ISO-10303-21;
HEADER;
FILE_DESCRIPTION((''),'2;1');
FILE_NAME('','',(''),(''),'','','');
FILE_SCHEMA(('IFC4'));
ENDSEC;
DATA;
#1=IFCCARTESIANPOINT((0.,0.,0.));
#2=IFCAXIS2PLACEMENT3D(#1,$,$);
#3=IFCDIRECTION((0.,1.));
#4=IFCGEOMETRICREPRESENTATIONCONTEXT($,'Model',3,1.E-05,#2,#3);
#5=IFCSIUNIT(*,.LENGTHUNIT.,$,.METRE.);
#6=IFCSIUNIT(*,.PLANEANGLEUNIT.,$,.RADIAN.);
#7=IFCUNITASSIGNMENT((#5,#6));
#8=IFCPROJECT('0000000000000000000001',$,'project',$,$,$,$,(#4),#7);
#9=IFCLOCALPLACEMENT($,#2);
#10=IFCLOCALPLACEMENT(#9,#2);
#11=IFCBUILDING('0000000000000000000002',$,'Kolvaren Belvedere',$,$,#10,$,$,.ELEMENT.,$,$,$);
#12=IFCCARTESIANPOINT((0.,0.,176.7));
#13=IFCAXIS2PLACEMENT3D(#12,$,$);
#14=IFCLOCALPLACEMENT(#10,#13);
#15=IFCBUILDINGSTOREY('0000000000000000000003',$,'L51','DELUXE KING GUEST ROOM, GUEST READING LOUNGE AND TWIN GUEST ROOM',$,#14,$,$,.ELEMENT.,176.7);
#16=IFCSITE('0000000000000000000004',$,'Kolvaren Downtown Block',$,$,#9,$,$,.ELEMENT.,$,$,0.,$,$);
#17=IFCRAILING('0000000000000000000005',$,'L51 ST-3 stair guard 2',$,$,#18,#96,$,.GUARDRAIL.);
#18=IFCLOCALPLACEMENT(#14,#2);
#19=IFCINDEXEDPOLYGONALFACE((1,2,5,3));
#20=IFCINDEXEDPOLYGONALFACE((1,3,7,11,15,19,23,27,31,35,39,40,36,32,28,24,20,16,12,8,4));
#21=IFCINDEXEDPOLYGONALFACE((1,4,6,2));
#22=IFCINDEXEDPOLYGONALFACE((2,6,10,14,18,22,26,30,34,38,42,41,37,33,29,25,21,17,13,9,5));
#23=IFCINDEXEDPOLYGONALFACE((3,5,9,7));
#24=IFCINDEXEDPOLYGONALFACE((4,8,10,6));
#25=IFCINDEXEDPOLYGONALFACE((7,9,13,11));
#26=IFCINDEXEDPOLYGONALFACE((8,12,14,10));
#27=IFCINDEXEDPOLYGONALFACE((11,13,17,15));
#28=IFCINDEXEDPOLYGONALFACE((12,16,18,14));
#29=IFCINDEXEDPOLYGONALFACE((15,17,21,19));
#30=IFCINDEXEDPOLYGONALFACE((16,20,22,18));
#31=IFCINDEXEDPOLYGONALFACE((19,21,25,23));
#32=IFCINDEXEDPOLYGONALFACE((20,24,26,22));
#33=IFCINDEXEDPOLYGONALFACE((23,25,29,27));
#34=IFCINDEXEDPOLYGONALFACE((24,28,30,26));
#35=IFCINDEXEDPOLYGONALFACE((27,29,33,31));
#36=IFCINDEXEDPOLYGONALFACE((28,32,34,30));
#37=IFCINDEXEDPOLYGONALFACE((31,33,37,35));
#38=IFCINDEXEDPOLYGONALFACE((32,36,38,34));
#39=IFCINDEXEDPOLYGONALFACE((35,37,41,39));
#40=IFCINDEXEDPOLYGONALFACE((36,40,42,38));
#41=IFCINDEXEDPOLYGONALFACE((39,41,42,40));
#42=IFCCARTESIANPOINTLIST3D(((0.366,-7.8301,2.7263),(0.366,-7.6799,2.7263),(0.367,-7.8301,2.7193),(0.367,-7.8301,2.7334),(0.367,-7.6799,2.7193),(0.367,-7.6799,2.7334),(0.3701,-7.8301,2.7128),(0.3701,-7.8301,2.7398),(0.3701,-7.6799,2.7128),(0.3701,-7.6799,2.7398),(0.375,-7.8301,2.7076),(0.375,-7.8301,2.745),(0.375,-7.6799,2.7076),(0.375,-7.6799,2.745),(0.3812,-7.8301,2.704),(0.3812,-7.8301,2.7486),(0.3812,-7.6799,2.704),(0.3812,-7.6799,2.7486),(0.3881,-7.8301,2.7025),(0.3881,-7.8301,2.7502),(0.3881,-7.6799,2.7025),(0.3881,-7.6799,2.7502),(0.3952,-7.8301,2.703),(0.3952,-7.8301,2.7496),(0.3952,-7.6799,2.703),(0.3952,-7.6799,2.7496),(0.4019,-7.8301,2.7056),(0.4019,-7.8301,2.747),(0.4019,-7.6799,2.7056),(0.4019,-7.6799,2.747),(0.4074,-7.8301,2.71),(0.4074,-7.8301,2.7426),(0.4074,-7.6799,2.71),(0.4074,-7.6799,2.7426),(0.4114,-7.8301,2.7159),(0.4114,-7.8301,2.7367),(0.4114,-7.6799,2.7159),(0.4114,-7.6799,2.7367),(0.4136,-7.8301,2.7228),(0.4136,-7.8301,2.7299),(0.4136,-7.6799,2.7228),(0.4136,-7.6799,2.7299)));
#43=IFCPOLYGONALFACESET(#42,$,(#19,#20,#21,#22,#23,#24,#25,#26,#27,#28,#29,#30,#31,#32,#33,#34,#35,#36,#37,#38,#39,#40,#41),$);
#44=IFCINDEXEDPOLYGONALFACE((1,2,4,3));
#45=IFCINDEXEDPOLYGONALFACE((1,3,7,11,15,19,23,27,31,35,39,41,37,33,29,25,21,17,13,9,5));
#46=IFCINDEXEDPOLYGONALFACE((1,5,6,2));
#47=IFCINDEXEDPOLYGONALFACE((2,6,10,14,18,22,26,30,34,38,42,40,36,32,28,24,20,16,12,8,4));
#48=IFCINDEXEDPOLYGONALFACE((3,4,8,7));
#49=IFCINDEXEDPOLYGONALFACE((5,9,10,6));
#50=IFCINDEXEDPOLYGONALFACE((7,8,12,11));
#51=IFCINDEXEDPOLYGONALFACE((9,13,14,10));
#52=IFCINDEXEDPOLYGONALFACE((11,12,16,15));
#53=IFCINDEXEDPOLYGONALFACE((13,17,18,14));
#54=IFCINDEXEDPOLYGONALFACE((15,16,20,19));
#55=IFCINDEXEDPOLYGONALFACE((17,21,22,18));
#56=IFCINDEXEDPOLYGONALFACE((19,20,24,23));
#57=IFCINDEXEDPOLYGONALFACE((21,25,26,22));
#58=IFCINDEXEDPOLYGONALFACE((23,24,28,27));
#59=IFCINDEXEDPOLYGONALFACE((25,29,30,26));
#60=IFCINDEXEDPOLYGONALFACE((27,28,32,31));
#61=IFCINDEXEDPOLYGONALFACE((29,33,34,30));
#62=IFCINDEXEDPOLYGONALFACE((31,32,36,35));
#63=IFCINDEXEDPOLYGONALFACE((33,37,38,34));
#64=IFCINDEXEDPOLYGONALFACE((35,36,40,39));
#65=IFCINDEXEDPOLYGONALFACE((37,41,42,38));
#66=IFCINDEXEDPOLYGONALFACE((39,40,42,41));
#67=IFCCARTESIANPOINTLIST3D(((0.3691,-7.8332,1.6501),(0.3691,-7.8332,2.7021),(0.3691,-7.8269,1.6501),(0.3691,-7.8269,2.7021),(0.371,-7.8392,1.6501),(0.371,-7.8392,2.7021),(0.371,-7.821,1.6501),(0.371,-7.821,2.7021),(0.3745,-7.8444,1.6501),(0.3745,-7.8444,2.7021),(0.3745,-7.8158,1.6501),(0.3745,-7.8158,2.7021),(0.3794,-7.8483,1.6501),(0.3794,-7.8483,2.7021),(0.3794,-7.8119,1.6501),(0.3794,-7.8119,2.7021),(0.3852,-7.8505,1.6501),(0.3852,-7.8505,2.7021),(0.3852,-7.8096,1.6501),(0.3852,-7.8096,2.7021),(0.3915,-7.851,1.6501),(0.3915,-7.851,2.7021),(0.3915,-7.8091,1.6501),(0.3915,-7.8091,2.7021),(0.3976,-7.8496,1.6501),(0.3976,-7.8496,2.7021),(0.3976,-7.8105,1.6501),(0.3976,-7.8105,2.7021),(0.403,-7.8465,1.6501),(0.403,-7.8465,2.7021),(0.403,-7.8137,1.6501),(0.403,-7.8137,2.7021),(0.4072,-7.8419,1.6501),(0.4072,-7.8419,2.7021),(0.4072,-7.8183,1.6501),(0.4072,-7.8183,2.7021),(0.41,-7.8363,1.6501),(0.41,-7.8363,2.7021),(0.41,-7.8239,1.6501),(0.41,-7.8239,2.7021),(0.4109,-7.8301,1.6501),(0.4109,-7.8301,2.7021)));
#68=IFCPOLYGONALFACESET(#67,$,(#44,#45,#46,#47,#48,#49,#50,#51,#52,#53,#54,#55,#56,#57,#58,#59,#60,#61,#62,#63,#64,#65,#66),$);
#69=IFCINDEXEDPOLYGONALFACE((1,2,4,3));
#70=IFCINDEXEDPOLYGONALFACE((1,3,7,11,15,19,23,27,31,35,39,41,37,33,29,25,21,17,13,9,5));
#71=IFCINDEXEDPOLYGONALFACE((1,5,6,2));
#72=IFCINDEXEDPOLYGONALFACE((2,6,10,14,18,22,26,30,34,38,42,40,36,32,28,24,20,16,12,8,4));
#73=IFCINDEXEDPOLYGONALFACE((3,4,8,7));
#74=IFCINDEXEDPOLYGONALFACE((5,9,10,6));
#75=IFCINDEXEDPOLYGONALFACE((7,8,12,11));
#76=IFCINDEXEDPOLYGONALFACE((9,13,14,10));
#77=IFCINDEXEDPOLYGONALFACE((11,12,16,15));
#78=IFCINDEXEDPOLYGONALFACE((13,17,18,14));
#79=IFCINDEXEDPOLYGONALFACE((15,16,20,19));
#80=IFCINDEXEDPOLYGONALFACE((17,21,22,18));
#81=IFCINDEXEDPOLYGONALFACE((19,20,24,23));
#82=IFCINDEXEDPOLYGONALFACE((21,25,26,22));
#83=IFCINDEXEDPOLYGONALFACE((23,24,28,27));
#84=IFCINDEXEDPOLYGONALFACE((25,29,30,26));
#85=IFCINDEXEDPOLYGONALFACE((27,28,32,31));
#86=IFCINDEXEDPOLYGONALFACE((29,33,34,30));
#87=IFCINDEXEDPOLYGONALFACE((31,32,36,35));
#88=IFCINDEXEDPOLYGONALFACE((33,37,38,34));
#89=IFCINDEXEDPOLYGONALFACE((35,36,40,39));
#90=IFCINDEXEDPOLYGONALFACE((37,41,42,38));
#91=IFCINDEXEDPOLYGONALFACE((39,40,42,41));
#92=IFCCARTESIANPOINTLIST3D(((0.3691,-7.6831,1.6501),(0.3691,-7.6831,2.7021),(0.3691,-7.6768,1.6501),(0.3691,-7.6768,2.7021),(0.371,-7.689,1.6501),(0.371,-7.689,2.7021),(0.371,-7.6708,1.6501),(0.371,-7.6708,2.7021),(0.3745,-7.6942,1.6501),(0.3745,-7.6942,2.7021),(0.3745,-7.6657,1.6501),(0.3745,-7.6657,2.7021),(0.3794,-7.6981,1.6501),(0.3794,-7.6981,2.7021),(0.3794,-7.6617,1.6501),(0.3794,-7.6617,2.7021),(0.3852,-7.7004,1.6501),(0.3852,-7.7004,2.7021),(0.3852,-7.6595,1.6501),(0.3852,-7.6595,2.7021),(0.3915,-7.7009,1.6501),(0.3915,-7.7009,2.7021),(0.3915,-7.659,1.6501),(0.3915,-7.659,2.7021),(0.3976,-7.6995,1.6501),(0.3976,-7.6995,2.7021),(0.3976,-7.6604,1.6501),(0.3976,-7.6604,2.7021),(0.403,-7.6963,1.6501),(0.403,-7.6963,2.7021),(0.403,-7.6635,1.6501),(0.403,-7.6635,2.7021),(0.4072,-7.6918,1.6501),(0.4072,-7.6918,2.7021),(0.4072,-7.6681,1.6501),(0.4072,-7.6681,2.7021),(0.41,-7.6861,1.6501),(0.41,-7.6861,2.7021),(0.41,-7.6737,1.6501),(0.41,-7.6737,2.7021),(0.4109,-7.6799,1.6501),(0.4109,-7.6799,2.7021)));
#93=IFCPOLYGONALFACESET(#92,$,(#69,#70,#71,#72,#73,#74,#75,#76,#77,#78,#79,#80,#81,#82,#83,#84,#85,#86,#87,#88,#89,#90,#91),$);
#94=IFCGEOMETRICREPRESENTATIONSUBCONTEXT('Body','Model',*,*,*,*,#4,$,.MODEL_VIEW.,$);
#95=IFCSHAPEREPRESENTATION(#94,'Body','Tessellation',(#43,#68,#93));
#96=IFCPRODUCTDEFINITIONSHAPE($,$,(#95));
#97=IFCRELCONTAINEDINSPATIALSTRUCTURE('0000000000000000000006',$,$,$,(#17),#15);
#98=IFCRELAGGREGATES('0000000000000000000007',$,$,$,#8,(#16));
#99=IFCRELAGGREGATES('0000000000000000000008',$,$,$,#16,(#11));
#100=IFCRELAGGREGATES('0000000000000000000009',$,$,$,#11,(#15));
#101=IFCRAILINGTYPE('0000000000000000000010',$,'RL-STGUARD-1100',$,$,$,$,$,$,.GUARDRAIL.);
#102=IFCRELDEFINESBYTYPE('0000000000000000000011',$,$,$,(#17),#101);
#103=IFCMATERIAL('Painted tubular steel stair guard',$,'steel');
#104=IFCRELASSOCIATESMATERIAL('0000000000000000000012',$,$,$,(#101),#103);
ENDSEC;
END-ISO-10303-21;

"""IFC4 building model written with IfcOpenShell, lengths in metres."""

from ifc_helpers import new_model, si_unit, direction, frame, origin, origin_2d, place, context, subcontext, project, spatial, circle, extrude, material, type_object, element, save


model = new_model("IFC4")

# Units and contexts
model_context = context("Model", 3, precision=1e-05, world=origin(), true_north=direction((0.0, 1.0)))
body_context = subcontext(model_context, "Body", "Model", "MODEL_VIEW")
ifc_project = project(units=[si_unit("LENGTHUNIT", "METRE"), si_unit("PLANEANGLEUNIT", "RADIAN")], contexts=[model_context])

# Site, building, storey
site_placement = place(None, origin())
site = spatial("IfcSite", under=ifc_project, at=site_placement, Name="Kolvaren Downtown Block", CompositionType="ELEMENT", RefElevation=0.0)
building_placement = place(site_placement, origin())
building = spatial("IfcBuilding", under=site, at=building_placement, Name="Kolvaren Belvedere", CompositionType="ELEMENT")
storey_placement = place(building_placement, frame((0.0, 0.0, 176.7)))
storey = spatial("IfcBuildingStorey", under=building, at=storey_placement, Name="L51", Description="DELUXE KING GUEST ROOM, GUEST READING LOUNGE AND TWIN GUEST ROOM", CompositionType="ELEMENT", Elevation=176.7)

# Railing
ifc_material_1 = material(Name="Painted tubular steel stair guard", Category="steel")
railing_type_1 = type_object("IfcRailingType", Name="RL-STGUARD-1100", PredefinedType="GUARDRAIL", material=ifc_material_1)
railing_1_placement = place(storey_placement, frame((0.3899, -7.8301, 1.6501)))
element("IfcRailing", 1, at=railing_1_placement, inside=storey, type_object=railing_type_1, Name="L51 ST-3 stair guard 2", PredefinedType="GUARDRAIL", context=body_context, shape_type="SweptSolid", body=[
    extrude(circle(Radius=0.0239, at=origin_2d()), frame((0.0, 0.0, 1.0762), z_axis=(0.0, 1.0, 0.0), x_axis=(-1.0, 0.0, 0.0)), (0.0, 0.0, 1.0), 0.1501),
    extrude(circle(Radius=0.021, at=origin_2d()), origin(), (0.0, 0.0, 1.0), 1.052),
    extrude(circle(Radius=0.021, at=origin_2d()), frame((0.0, 0.1501, 0.0)), (0.0, 0.0, 1.0), 1.052),
])

save(model, "model.ifc")
